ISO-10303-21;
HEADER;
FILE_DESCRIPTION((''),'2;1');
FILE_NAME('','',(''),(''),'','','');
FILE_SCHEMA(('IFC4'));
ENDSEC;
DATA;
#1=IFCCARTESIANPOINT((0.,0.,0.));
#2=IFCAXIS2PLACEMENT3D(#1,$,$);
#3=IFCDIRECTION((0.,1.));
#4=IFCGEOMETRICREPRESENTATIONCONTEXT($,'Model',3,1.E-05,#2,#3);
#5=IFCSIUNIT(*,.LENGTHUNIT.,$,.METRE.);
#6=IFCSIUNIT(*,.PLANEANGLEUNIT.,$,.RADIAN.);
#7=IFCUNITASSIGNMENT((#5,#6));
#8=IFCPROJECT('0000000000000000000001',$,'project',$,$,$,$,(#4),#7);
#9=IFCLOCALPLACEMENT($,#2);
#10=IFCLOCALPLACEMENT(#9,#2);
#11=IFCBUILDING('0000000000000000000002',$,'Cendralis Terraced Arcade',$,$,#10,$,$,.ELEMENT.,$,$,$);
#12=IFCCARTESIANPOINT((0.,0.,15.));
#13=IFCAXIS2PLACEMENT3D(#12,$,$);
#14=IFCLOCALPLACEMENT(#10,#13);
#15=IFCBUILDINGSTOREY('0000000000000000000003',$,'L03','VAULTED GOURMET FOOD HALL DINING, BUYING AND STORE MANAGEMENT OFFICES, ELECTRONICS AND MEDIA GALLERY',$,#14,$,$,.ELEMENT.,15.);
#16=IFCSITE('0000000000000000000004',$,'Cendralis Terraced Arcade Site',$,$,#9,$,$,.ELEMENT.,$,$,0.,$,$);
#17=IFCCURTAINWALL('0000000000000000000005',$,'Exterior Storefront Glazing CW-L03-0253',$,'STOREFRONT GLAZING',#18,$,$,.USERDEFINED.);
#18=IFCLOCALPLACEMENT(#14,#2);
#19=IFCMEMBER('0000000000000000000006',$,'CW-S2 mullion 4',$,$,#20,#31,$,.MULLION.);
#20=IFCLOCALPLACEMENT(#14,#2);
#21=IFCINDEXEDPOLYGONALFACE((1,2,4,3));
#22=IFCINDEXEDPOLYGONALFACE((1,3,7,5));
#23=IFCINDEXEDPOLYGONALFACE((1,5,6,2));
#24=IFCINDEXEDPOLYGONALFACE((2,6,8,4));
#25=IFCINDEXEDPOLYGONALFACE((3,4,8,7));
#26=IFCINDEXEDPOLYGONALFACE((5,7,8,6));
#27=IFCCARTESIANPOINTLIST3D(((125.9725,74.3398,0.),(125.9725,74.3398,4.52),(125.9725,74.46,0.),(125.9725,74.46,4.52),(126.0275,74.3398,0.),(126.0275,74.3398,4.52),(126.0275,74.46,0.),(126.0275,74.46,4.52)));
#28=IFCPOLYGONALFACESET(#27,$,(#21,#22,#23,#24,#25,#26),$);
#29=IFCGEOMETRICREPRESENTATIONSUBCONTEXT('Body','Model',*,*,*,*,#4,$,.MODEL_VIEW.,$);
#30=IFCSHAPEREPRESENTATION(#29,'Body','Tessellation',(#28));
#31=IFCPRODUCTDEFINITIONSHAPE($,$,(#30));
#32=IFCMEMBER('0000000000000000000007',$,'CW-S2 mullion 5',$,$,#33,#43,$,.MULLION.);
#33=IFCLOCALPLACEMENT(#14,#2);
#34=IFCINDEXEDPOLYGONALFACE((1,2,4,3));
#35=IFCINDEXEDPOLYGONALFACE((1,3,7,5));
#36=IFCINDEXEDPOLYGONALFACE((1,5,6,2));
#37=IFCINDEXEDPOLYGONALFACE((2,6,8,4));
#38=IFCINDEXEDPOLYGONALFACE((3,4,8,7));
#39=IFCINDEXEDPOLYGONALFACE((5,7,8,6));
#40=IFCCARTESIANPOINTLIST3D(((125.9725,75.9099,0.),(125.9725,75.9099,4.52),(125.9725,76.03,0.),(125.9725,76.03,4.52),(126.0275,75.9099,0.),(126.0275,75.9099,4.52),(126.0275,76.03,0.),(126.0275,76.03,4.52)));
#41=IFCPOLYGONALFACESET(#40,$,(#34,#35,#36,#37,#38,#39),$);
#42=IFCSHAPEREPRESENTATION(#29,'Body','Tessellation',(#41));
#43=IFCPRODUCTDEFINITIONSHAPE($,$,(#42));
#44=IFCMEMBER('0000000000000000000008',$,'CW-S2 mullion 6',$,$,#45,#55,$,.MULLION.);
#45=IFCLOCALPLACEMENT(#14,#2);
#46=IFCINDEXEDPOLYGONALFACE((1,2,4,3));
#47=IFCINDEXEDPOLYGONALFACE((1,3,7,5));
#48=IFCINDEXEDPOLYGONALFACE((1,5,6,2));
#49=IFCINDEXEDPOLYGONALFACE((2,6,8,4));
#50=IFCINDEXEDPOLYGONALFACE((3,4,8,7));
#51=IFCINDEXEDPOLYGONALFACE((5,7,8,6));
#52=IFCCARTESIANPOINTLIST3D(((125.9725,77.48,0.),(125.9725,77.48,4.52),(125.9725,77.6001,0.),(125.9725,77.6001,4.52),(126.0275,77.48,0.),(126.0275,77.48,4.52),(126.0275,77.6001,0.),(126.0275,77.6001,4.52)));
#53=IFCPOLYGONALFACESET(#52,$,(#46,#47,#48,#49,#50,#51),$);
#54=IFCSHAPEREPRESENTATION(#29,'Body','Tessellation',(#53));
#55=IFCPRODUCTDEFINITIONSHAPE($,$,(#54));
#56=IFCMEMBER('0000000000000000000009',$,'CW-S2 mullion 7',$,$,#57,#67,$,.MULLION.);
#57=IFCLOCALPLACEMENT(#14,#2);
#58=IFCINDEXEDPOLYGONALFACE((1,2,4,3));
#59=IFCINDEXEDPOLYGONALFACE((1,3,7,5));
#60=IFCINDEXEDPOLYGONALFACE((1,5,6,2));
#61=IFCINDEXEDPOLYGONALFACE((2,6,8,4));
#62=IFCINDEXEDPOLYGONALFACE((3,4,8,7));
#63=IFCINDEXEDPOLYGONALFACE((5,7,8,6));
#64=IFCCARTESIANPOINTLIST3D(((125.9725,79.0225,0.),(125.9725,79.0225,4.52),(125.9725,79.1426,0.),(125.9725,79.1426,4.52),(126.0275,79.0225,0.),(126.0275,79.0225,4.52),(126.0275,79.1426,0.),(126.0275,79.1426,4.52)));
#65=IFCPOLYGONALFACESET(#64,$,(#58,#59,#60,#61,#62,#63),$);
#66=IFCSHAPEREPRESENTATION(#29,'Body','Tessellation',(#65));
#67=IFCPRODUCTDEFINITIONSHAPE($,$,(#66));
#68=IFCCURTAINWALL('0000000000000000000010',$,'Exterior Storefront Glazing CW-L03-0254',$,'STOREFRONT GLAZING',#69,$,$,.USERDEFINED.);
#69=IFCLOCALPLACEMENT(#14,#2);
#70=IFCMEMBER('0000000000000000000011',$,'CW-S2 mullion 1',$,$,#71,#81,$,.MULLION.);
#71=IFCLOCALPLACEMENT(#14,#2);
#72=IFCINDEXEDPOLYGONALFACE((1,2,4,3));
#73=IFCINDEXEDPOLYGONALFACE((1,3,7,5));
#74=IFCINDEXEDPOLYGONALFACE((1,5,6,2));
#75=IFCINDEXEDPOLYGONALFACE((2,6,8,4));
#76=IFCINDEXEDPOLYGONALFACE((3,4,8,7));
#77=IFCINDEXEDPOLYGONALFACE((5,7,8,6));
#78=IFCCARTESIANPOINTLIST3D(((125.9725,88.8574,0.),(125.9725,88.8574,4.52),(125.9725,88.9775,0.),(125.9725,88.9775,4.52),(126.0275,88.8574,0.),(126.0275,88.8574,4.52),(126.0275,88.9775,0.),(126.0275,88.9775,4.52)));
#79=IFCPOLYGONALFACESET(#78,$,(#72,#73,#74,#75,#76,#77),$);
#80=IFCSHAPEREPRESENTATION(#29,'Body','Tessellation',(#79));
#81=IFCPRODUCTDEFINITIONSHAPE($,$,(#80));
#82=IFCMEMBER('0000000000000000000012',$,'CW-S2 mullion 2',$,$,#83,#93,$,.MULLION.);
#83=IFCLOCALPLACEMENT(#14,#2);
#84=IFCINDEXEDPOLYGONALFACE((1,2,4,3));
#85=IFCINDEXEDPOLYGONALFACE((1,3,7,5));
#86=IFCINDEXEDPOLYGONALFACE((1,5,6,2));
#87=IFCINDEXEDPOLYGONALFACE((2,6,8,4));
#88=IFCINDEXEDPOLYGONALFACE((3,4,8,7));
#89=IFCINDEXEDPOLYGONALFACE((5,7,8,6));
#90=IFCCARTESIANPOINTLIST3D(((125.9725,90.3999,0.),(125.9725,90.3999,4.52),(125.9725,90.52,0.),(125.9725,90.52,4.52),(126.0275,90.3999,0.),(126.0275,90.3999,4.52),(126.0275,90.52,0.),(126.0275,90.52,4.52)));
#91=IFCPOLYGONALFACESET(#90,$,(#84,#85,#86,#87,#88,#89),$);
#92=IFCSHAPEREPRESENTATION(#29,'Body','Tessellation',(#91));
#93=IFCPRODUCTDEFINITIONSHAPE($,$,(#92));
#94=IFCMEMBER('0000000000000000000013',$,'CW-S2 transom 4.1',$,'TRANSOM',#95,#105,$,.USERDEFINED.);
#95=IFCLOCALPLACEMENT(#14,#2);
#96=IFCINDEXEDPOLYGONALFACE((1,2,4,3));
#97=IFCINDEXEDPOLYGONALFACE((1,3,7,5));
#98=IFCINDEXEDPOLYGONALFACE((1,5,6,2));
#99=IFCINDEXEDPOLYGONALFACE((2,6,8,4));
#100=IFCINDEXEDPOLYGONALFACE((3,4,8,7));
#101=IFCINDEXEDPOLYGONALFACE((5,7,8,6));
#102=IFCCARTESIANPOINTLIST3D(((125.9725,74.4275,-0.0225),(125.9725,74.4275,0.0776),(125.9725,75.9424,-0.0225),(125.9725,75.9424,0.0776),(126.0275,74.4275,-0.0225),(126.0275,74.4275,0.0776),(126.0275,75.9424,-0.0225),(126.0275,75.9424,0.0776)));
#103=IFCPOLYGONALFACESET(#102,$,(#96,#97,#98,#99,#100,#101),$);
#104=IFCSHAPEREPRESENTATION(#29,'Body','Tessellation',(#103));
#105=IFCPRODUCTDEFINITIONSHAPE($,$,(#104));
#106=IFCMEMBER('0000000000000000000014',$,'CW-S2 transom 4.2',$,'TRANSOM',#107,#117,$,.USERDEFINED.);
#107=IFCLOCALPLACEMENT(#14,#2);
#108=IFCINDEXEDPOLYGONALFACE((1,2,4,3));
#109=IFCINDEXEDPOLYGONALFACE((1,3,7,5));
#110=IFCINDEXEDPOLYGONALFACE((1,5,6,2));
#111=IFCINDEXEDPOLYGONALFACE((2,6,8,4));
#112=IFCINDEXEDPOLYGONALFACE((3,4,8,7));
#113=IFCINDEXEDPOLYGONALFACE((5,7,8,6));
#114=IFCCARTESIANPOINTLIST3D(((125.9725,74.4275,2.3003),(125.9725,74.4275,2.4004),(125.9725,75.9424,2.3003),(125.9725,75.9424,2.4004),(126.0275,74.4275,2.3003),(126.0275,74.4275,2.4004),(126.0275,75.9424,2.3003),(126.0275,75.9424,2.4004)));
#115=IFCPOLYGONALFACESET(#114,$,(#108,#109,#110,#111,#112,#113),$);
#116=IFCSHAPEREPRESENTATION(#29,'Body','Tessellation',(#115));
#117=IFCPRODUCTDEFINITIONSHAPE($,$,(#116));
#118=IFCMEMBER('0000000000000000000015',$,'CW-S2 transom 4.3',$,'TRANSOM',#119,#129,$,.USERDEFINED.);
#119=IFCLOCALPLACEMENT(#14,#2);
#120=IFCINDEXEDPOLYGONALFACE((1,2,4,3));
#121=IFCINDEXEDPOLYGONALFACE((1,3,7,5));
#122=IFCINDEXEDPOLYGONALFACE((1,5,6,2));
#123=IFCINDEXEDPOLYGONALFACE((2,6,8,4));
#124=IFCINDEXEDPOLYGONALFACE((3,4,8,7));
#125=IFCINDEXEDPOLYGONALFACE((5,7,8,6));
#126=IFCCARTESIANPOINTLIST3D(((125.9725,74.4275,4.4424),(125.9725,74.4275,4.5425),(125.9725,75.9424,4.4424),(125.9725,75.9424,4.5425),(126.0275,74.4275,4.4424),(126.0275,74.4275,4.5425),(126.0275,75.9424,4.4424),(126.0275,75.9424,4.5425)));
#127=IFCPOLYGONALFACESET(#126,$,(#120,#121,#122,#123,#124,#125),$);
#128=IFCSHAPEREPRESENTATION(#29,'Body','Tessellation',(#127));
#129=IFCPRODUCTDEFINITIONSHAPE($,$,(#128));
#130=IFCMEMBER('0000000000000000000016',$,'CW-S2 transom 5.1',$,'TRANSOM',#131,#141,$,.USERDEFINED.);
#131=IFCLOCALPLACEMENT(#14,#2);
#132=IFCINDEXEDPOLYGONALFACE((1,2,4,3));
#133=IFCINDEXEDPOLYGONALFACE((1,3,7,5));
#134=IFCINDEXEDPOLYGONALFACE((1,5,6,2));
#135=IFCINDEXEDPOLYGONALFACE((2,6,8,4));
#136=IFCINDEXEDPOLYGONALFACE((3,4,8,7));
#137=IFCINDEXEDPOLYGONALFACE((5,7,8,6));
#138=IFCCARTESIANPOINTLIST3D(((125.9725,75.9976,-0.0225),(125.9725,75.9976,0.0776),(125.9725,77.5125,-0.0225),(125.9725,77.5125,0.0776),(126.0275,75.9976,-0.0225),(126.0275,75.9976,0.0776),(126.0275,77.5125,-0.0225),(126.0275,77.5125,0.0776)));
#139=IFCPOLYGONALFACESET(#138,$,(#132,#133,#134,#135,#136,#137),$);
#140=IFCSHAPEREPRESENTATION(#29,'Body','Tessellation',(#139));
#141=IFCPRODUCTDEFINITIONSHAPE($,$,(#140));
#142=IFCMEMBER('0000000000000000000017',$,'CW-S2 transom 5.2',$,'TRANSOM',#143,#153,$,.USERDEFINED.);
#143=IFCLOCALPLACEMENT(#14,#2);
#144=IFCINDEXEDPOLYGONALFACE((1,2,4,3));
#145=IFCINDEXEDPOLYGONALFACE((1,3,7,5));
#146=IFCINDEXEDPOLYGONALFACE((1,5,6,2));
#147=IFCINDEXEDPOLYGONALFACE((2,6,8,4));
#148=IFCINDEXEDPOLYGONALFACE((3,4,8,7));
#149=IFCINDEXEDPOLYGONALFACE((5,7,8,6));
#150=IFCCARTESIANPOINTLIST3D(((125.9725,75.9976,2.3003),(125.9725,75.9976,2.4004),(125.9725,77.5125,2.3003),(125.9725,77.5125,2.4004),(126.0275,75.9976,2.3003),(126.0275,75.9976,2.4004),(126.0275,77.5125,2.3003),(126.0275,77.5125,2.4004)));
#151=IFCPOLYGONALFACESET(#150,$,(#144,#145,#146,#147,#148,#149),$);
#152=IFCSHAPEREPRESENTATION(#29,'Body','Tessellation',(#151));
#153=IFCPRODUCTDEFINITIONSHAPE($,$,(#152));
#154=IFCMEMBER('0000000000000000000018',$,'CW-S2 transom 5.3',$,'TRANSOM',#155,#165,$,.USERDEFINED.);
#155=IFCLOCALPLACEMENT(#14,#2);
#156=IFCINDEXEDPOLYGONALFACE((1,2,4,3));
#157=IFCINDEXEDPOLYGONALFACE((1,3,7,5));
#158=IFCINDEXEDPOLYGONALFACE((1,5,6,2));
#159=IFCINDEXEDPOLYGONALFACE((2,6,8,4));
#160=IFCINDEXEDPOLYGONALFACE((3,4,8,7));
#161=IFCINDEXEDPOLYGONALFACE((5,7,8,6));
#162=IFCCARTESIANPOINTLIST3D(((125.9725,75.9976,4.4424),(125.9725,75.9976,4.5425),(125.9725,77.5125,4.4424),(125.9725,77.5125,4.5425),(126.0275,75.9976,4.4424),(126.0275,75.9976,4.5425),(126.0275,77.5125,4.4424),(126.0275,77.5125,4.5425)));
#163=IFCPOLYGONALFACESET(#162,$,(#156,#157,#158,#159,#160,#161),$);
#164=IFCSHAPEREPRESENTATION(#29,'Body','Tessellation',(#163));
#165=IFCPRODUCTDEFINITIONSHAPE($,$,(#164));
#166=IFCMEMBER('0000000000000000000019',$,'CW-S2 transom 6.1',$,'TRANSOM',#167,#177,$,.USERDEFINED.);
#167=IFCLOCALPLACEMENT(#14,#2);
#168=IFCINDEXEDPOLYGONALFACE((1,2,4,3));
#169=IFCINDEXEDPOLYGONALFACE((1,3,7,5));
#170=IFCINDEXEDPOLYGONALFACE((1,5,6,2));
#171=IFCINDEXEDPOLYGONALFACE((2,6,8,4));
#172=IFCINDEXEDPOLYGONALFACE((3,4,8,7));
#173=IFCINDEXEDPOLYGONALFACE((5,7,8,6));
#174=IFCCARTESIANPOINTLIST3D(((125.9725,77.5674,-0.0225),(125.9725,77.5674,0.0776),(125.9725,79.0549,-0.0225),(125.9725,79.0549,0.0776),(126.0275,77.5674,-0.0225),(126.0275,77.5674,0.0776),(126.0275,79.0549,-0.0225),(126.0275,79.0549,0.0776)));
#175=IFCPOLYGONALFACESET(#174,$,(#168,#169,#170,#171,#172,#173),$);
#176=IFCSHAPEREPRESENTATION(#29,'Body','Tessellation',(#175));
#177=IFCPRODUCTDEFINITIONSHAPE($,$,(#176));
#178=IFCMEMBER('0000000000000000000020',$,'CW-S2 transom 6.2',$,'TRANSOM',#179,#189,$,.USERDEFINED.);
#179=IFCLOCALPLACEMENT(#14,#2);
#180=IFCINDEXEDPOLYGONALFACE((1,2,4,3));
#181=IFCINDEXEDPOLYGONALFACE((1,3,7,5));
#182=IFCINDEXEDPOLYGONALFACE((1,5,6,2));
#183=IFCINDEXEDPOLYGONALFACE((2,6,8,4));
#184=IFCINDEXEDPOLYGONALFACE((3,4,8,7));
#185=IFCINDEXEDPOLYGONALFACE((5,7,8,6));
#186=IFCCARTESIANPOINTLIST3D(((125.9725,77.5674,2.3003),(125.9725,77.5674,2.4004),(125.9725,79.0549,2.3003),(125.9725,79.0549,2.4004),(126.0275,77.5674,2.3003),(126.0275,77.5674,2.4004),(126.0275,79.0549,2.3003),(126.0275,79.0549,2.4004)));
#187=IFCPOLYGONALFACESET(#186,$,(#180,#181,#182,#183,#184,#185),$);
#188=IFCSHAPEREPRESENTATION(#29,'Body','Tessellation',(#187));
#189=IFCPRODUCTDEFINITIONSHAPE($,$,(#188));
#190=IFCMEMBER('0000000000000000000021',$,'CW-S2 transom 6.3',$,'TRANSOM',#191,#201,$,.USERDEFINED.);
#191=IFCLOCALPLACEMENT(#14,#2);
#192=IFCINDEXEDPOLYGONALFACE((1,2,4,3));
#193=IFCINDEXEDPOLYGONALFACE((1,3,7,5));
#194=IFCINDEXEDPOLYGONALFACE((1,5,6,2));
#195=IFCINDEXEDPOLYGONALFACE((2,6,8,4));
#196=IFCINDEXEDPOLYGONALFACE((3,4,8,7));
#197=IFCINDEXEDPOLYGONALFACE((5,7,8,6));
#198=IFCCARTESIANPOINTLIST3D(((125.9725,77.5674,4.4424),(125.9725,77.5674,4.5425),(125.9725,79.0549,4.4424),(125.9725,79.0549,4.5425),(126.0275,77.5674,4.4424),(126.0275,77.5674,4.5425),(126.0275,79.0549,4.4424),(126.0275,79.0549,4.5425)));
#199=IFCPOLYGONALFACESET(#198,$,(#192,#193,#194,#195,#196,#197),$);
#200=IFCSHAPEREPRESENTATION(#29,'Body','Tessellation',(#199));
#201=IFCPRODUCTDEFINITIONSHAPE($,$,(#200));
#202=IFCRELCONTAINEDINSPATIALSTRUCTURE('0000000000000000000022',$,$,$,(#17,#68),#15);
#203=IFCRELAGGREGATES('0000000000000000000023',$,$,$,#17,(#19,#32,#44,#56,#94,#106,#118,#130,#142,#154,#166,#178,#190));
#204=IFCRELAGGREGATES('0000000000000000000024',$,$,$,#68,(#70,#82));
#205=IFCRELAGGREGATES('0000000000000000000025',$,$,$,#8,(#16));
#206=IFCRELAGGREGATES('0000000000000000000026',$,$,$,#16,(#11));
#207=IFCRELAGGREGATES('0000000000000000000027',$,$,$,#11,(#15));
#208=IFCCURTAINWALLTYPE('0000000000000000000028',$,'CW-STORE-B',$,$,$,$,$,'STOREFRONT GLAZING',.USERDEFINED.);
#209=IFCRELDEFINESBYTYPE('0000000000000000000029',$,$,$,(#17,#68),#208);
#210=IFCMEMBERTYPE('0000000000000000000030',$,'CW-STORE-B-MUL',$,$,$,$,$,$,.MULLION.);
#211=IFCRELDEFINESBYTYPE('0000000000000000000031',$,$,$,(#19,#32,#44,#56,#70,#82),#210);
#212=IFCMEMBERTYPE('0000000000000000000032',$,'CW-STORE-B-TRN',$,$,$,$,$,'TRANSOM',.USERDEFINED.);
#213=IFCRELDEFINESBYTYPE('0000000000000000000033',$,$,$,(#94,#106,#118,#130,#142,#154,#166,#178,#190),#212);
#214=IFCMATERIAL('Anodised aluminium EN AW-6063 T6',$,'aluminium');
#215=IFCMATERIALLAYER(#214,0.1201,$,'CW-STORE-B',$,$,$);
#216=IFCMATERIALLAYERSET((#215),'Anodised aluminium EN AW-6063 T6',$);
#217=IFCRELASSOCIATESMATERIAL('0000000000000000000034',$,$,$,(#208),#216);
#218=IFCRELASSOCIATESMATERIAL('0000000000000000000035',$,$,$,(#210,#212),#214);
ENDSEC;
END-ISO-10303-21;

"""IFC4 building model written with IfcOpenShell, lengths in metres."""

from ifc_helpers import new_model, si_unit, direction, frame, origin, origin_2d, place, context, subcontext, project, spatial, rectangle, extrude, material, layer, layer_set, material_profile, profile_set, type_object, element, aggregate, save


model = new_model("IFC4")

# Units and contexts
model_context = context("Model", 3, precision=1e-05, world=origin(), true_north=direction((0.0, 1.0)))
body_context = subcontext(model_context, "Body", "Model", "MODEL_VIEW")
ifc_project = project(units=[si_unit("LENGTHUNIT", "METRE"), si_unit("PLANEANGLEUNIT", "RADIAN")], contexts=[model_context])

# Site, building, storey
site_placement = place(None, origin())
site = spatial("IfcSite", under=ifc_project, at=site_placement, Name="Cendralis Terraced Arcade Site", CompositionType="ELEMENT", RefElevation=0.0)
building_placement = place(site_placement, origin())
building = spatial("IfcBuilding", under=site, at=building_placement, Name="Cendralis Terraced Arcade", CompositionType="ELEMENT")
storey_placement = place(building_placement, frame((0.0, 0.0, 15.0)))
storey = spatial("IfcBuildingStorey", under=building, at=storey_placement, Name="L03", Description="VAULTED GOURMET FOOD HALL DINING, BUYING AND STORE MANAGEMENT OFFICES, ELECTRONICS AND MEDIA GALLERY", CompositionType="ELEMENT", Elevation=15.0)

# Curtain walls, members
ifc_material_1 = material(Name="Anodised aluminium EN AW-6063 T6", Category="aluminium")
ifc_layer_1 = layer(ifc_material_1, 0.1201, Name="CW-STORE-B")
ifc_layer_set_1 = layer_set([ifc_layer_1], Name="Anodised aluminium EN AW-6063 T6")
curtain_wall_type = type_object("IfcCurtainWallType", Name="CW-STORE-B", ElementType="STOREFRONT GLAZING", PredefinedType="USERDEFINED", material=ifc_layer_set_1)
curtain_wall_1_placement = place(storey_placement, origin())
curtain_wall_1 = element("IfcCurtainWall", 1, at=curtain_wall_1_placement, inside=storey, type_object=curtain_wall_type, Name="Exterior Storefront Glazing CW-L03-0253", ObjectType="STOREFRONT GLAZING", PredefinedType="USERDEFINED")
ifc_material_profile_1 = material_profile(ifc_material_1, rectangle(XDim=0.0549, YDim=0.1201, at=origin_2d()), Name="ALU-MUL-55x120")
ifc_profile_set_1 = profile_set([ifc_material_profile_1], Name="Anodised aluminium EN AW-6063 T6")
member_type_1 = type_object("IfcMemberType", Name="CW-STORE-B-MUL", PredefinedType="MULLION", material=ifc_profile_set_1)
member_1_placement = place(storey_placement, frame((126.0, 74.3999, 0.0), z_axis=(0.0, 0.0, 1.0), x_axis=(-1.0, 0.0, 0.0)))
member_1 = element("IfcMember", 2, at=member_1_placement, type_object=member_type_1, Name="CW-S2 mullion 4", PredefinedType="MULLION", context=body_context, shape_type="SweptSolid", body=[
    extrude(rectangle(XDim=0.0549, YDim=0.1201, at=origin_2d()), origin(), (0.0, 0.0, 1.0), 4.52),
])
member_2_placement = place(storey_placement, frame((126.0, 75.97, 0.0), z_axis=(0.0, 0.0, 1.0), x_axis=(-1.0, 0.0, 0.0)))
member_2 = element("IfcMember", 3, at=member_2_placement, type_object=member_type_1, Name="CW-S2 mullion 5", PredefinedType="MULLION", context=body_context, shape_type="SweptSolid", body=[
    extrude(rectangle(XDim=0.0549, YDim=0.1201, at=origin_2d()), origin(), (0.0, 0.0, 1.0), 4.52),
])
member_3_placement = place(storey_placement, frame((126.0, 77.54, 0.0), z_axis=(0.0, 0.0, 1.0), x_axis=(-1.0, 0.0, 0.0)))
member_3 = element("IfcMember", 4, at=member_3_placement, type_object=member_type_1, Name="CW-S2 mullion 6", PredefinedType="MULLION", context=body_context, shape_type="SweptSolid", body=[
    extrude(rectangle(XDim=0.0549, YDim=0.1201, at=origin_2d()), origin(), (0.0, 0.0, 1.0), 4.52),
])
member_4_placement = place(storey_placement, frame((126.0, 79.0825, 0.0), z_axis=(0.0, 0.0, 1.0), x_axis=(-1.0, 0.0, 0.0)))
member_4 = element("IfcMember", 5, at=member_4_placement, type_object=member_type_1, Name="CW-S2 mullion 7", PredefinedType="MULLION", context=body_context, shape_type="SweptSolid", body=[
    extrude(rectangle(XDim=0.0549, YDim=0.1201, at=origin_2d()), origin(), (0.0, 0.0, 1.0), 4.52),
])
curtain_wall_2_placement = place(storey_placement, origin())
curtain_wall_2 = element("IfcCurtainWall", 6, at=curtain_wall_2_placement, inside=storey, type_object=curtain_wall_type, Name="Exterior Storefront Glazing CW-L03-0254", ObjectType="STOREFRONT GLAZING", PredefinedType="USERDEFINED")
member_5_placement = place(storey_placement, frame((126.0, 88.9175, 0.0), z_axis=(0.0, 0.0, 1.0), x_axis=(-1.0, 0.0, 0.0)))
member_5 = element("IfcMember", 7, at=member_5_placement, type_object=member_type_1, Name="CW-S2 mullion 1", PredefinedType="MULLION", context=body_context, shape_type="SweptSolid", body=[
    extrude(rectangle(XDim=0.0549, YDim=0.1201, at=origin_2d()), origin(), (0.0, 0.0, 1.0), 4.52),
])
member_6_placement = place(storey_placement, frame((126.0, 90.46, 0.0), z_axis=(0.0, 0.0, 1.0), x_axis=(-1.0, 0.0, 0.0)))
member_6 = element("IfcMember", 8, at=member_6_placement, type_object=member_type_1, Name="CW-S2 mullion 2", PredefinedType="MULLION", context=body_context, shape_type="SweptSolid", body=[
    extrude(rectangle(XDim=0.0549, YDim=0.1201, at=origin_2d()), origin(), (0.0, 0.0, 1.0), 4.52),
])

# Members
ifc_material_profile_2 = material_profile(ifc_material_1, rectangle(XDim=0.0549, YDim=0.1001, at=origin_2d()), Name="ALU-TRN-55x100")
ifc_profile_set_2 = profile_set([ifc_material_profile_2], Name="Anodised aluminium EN AW-6063 T6")
member_type_2 = type_object("IfcMemberType", Name="CW-STORE-B-TRN", ElementType="TRANSOM", PredefinedType="USERDEFINED", material=ifc_profile_set_2)
member_7_placement = place(storey_placement, frame((126.0, 74.4275, 0.0276), z_axis=(0.0, 1.0, 0.0), x_axis=(-1.0, 0.0, 0.0)))
member_7 = element("IfcMember", 9, at=member_7_placement, type_object=member_type_2, Name="CW-S2 transom 4.1", ObjectType="TRANSOM", PredefinedType="USERDEFINED", context=body_context, shape_type="SweptSolid", body=[
    extrude(rectangle(XDim=0.0549, YDim=0.1001, at=origin_2d()), origin(), (0.0, 0.0, 1.0), 1.5149),
])
member_8_placement = place(storey_placement, frame((126.0, 74.4275, 2.3503), z_axis=(0.0, 1.0, 0.0), x_axis=(-1.0, 0.0, 0.0)))
member_8 = element("IfcMember", 10, at=member_8_placement, type_object=member_type_2, Name="CW-S2 transom 4.2", ObjectType="TRANSOM", PredefinedType="USERDEFINED", context=body_context, shape_type="SweptSolid", body=[
    extrude(rectangle(XDim=0.0549, YDim=0.1001, at=origin_2d()), origin(), (0.0, 0.0, 1.0), 1.5149),
])
member_9_placement = place(storey_placement, frame((126.0, 74.4275, 4.4924), z_axis=(0.0, 1.0, 0.0), x_axis=(-1.0, 0.0, 0.0)))
member_9 = element("IfcMember", 11, at=member_9_placement, type_object=member_type_2, Name="CW-S2 transom 4.3", ObjectType="TRANSOM", PredefinedType="USERDEFINED", context=body_context, shape_type="SweptSolid", body=[
    extrude(rectangle(XDim=0.0549, YDim=0.1001, at=origin_2d()), origin(), (0.0, 0.0, 1.0), 1.5149),
])
member_10_placement = place(storey_placement, frame((126.0, 75.9976, 0.0276), z_axis=(0.0, 1.0, 0.0), x_axis=(-1.0, 0.0, 0.0)))
member_10 = element("IfcMember", 12, at=member_10_placement, type_object=member_type_2, Name="CW-S2 transom 5.1", ObjectType="TRANSOM", PredefinedType="USERDEFINED", context=body_context, shape_type="SweptSolid", body=[
    extrude(rectangle(XDim=0.0549, YDim=0.1001, at=origin_2d()), origin(), (0.0, 0.0, 1.0), 1.5149),
])
member_11_placement = place(storey_placement, frame((126.0, 75.9976, 2.3503), z_axis=(0.0, 1.0, 0.0), x_axis=(-1.0, 0.0, 0.0)))
member_11 = element("IfcMember", 13, at=member_11_placement, type_object=member_type_2, Name="CW-S2 transom 5.2", ObjectType="TRANSOM", PredefinedType="USERDEFINED", context=body_context, shape_type="SweptSolid", body=[
    extrude(rectangle(XDim=0.0549, YDim=0.1001, at=origin_2d()), origin(), (0.0, 0.0, 1.0), 1.5149),
])
member_12_placement = place(storey_placement, frame((126.0, 75.9976, 4.4924), z_axis=(0.0, 1.0, 0.0), x_axis=(-1.0, 0.0, 0.0)))
member_12 = element("IfcMember", 14, at=member_12_placement, type_object=member_type_2, Name="CW-S2 transom 5.3", ObjectType="TRANSOM", PredefinedType="USERDEFINED", context=body_context, shape_type="SweptSolid", body=[
    extrude(rectangle(XDim=0.0549, YDim=0.1001, at=origin_2d()), origin(), (0.0, 0.0, 1.0), 1.5149),
])
member_13_placement = place(storey_placement, frame((126.0, 77.5674, 0.0276), z_axis=(0.0, 1.0, 0.0), x_axis=(-1.0, 0.0, 0.0)))
member_13 = element("IfcMember", 15, at=member_13_placement, type_object=member_type_2, Name="CW-S2 transom 6.1", ObjectType="TRANSOM", PredefinedType="USERDEFINED", context=body_context, shape_type="SweptSolid", body=[
    extrude(rectangle(XDim=0.0549, YDim=0.1001, at=origin_2d()), origin(), (0.0, 0.0, 1.0), 1.4875),
])
member_14_placement = place(storey_placement, frame((126.0, 77.5674, 2.3503), z_axis=(0.0, 1.0, 0.0), x_axis=(-1.0, 0.0, 0.0)))
member_14 = element("IfcMember", 16, at=member_14_placement, type_object=member_type_2, Name="CW-S2 transom 6.2", ObjectType="TRANSOM", PredefinedType="USERDEFINED", context=body_context, shape_type="SweptSolid", body=[
    extrude(rectangle(XDim=0.0549, YDim=0.1001, at=origin_2d()), origin(), (0.0, 0.0, 1.0), 1.4875),
])
member_15_placement = place(storey_placement, frame((126.0, 77.5674, 4.4924), z_axis=(0.0, 1.0, 0.0), x_axis=(-1.0, 0.0, 0.0)))
member_15 = element("IfcMember", 17, at=member_15_placement, type_object=member_type_2, Name="CW-S2 transom 6.3", ObjectType="TRANSOM", PredefinedType="USERDEFINED", context=body_context, shape_type="SweptSolid", body=[
    extrude(rectangle(XDim=0.0549, YDim=0.1001, at=origin_2d()), origin(), (0.0, 0.0, 1.0), 1.4875),
])

aggregate(curtain_wall_1, [member_1, member_2, member_3, member_4, member_7, member_8, member_9, member_10, member_11, member_12, member_13, member_14, member_15])
aggregate(curtain_wall_2, [member_5, member_6])

save(model, "model.ifc")
